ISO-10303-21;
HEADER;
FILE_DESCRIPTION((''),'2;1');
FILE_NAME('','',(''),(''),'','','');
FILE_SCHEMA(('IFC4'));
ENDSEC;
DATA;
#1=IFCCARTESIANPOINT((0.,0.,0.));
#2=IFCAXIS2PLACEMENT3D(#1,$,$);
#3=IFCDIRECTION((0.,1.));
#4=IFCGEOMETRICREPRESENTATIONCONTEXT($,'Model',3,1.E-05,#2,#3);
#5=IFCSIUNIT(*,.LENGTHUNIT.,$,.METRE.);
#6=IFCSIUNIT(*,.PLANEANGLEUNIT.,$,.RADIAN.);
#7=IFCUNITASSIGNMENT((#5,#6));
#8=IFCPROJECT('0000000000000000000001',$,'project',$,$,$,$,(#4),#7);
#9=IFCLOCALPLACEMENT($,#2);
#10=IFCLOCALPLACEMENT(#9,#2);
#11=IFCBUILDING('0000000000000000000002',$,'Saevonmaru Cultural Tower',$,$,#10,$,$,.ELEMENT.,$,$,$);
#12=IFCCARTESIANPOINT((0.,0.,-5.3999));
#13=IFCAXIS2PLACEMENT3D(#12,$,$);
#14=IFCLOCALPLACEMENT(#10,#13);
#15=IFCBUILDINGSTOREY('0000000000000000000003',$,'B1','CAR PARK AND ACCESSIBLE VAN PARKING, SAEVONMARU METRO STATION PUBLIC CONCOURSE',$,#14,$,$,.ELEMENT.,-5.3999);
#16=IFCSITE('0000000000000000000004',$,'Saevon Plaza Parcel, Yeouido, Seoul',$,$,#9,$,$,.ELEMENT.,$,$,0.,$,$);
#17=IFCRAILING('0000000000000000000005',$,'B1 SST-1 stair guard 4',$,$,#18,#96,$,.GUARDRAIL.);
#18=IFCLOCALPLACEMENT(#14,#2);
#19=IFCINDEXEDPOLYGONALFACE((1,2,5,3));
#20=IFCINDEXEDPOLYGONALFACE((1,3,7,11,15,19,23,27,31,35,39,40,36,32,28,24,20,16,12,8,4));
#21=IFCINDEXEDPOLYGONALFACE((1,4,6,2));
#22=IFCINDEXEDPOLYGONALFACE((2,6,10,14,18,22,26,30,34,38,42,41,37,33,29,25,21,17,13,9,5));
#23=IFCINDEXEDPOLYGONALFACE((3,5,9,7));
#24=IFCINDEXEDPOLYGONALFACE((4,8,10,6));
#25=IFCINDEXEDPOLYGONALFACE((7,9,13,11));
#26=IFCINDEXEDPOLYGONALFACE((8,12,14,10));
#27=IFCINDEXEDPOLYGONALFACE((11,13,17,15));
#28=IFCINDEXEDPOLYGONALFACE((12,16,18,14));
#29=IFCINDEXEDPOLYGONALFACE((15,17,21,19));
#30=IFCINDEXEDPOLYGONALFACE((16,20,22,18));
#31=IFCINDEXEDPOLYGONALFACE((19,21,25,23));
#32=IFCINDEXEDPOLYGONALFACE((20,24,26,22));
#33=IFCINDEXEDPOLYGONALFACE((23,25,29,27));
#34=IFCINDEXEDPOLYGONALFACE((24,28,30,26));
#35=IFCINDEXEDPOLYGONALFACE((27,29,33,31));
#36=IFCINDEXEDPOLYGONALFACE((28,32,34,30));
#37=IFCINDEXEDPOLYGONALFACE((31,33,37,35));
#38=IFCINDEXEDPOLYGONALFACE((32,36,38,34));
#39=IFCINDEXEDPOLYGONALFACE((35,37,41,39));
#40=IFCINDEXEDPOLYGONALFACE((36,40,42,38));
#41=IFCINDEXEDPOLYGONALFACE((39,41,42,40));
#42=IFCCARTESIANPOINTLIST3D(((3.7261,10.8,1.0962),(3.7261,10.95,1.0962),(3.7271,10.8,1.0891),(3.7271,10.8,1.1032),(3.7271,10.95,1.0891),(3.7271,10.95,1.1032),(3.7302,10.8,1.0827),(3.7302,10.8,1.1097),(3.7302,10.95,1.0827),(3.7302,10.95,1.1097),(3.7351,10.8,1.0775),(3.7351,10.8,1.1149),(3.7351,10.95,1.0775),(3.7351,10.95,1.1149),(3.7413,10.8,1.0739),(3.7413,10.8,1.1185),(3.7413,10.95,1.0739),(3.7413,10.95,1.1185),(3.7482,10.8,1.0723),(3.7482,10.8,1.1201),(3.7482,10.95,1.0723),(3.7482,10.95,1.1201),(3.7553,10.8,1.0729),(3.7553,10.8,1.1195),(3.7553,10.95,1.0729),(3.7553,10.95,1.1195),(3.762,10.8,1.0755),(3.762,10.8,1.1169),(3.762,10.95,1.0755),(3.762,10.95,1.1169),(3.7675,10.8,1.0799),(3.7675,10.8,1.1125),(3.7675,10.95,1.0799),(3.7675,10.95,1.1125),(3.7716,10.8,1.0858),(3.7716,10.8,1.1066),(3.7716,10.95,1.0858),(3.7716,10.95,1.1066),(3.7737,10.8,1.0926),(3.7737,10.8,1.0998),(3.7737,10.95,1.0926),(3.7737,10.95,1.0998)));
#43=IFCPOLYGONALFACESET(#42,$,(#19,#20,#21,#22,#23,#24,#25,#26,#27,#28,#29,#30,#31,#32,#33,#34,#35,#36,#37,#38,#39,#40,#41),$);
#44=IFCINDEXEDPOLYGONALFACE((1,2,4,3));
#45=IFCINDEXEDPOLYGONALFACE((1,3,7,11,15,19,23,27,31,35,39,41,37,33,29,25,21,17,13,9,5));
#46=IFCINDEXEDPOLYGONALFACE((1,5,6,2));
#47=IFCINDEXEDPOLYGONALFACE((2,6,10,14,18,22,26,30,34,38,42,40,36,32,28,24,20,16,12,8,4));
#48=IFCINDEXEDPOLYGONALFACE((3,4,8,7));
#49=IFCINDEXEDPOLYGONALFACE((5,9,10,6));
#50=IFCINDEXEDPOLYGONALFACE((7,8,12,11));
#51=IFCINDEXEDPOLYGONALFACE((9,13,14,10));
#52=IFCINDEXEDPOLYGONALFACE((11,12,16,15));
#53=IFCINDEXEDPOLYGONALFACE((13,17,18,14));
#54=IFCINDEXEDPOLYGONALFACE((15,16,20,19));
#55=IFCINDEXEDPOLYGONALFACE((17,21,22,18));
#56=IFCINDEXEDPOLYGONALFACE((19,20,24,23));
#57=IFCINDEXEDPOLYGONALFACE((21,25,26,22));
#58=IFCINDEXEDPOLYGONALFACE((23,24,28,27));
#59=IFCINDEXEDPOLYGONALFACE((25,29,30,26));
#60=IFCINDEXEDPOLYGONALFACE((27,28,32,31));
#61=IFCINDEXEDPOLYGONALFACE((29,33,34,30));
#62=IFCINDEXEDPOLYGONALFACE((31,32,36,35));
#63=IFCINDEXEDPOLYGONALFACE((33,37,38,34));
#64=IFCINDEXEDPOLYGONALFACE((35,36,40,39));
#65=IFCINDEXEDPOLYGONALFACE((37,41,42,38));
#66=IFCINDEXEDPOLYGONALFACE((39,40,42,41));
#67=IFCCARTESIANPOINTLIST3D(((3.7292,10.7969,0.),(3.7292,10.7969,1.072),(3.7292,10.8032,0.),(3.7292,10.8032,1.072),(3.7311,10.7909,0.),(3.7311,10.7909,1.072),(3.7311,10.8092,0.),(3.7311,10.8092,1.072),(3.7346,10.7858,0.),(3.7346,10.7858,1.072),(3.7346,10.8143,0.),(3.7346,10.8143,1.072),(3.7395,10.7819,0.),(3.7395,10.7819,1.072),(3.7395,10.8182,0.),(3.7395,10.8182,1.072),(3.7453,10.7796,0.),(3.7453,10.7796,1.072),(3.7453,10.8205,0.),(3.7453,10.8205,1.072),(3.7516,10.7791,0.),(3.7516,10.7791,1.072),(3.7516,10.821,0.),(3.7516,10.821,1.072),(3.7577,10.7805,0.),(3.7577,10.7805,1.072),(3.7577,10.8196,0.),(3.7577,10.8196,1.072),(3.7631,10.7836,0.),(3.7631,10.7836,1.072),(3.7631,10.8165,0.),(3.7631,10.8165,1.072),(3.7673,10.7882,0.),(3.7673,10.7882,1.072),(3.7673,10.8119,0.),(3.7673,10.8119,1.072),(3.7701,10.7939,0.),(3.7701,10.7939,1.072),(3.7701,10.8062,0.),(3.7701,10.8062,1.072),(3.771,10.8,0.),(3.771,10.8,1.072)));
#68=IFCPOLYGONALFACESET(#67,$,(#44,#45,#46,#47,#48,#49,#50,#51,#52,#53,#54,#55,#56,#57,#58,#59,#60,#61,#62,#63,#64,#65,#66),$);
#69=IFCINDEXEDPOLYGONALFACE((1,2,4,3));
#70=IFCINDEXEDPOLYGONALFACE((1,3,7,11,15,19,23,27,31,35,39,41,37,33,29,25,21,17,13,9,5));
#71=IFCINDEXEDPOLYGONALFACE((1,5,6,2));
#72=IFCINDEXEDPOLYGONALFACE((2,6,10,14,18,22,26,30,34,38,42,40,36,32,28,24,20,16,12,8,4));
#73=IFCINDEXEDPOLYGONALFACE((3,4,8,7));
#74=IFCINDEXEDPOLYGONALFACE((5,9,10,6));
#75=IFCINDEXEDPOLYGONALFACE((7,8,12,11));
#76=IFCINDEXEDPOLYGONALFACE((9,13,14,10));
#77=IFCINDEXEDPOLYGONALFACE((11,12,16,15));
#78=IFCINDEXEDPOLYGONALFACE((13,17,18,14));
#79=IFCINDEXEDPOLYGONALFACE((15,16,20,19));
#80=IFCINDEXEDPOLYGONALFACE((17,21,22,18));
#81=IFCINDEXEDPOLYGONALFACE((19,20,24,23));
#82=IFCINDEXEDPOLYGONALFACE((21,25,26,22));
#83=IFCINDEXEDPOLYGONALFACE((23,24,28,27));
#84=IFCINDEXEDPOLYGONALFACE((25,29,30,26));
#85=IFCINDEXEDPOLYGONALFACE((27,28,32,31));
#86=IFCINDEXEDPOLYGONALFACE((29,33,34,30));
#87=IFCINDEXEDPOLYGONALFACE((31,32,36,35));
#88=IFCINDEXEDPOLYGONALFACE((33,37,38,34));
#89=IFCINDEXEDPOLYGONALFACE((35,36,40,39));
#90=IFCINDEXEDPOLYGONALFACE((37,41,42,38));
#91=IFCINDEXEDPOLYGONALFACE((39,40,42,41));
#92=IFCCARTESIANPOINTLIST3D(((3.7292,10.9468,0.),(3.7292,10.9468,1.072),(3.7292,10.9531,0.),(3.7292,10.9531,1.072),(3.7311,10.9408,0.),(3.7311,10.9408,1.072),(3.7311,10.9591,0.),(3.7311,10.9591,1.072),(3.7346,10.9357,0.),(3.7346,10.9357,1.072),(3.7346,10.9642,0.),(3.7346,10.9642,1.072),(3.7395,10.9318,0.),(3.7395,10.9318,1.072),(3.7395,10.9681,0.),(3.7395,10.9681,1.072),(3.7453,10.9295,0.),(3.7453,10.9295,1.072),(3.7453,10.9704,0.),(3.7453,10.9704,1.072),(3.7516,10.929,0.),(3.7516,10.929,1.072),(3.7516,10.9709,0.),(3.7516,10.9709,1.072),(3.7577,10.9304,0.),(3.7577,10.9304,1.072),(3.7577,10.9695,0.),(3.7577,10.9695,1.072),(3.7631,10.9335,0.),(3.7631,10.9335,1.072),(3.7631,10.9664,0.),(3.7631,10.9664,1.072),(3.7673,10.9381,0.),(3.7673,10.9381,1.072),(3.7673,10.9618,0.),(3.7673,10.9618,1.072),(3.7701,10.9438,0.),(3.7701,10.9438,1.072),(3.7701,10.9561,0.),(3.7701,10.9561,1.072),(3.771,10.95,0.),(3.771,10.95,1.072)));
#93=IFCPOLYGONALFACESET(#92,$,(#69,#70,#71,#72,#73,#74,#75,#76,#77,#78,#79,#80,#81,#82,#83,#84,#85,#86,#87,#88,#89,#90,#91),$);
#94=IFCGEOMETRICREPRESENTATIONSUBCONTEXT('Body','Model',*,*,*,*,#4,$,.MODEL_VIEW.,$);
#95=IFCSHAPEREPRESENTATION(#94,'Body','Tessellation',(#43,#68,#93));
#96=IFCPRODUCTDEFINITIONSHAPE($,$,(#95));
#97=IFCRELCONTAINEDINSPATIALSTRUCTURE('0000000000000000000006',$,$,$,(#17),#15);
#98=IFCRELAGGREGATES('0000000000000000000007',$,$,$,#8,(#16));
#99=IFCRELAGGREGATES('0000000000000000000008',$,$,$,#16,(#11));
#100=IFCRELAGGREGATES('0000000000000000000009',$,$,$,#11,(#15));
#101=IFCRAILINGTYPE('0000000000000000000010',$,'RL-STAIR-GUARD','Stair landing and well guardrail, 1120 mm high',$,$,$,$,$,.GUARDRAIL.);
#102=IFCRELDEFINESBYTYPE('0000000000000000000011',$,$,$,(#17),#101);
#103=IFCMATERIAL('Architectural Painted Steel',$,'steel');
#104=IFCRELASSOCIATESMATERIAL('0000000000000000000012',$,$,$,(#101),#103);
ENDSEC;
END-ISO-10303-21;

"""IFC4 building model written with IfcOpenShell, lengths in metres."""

from ifc_helpers import new_model, si_unit, direction, frame, origin, origin_2d, place, context, subcontext, project, spatial, circle, extrude, material, type_object, element, save


model = new_model("IFC4")

# Units and contexts
model_context = context("Model", 3, precision=1e-05, world=origin(), true_north=direction((0.0, 1.0)))
body_context = subcontext(model_context, "Body", "Model", "MODEL_VIEW")
ifc_project = project(units=[si_unit("LENGTHUNIT", "METRE"), si_unit("PLANEANGLEUNIT", "RADIAN")], contexts=[model_context])

# Site, building, storey
site_placement = place(None, origin())
site = spatial("IfcSite", under=ifc_project, at=site_placement, Name="Saevon Plaza Parcel, Yeouido, Seoul", CompositionType="ELEMENT", RefElevation=0.0)
building_placement = place(site_placement, origin())
building = spatial("IfcBuilding", under=site, at=building_placement, Name="Saevonmaru Cultural Tower", CompositionType="ELEMENT")
storey_placement = place(building_placement, frame((0.0, 0.0, -5.3999)))
storey = spatial("IfcBuildingStorey", under=building, at=storey_placement, Name="B1", Description="CAR PARK AND ACCESSIBLE VAN PARKING, SAEVONMARU METRO STATION PUBLIC CONCOURSE", CompositionType="ELEMENT", Elevation=-5.3999)

# Railing
ifc_material_1 = material(Name="Architectural Painted Steel", Category="steel")
railing_type_1 = type_object("IfcRailingType", Name="RL-STAIR-GUARD", Description="Stair landing and well guardrail, 1120 mm high", PredefinedType="GUARDRAIL", material=ifc_material_1)
railing_1_placement = place(storey_placement, frame((3.75, 10.8, 0.0)))
element("IfcRailing", 1, at=railing_1_placement, inside=storey, type_object=railing_type_1, Name="B1 SST-1 stair guard 4", PredefinedType="GUARDRAIL", context=body_context, shape_type="SweptSolid", body=[
    extrude(circle(Radius=0.0239, at=origin_2d()), frame((0.0, 0.0, 1.0962), z_axis=(0.0, 1.0, 0.0), x_axis=(-1.0, 0.0, 0.0)), (0.0, 0.0, 1.0), 0.1499),
    extrude(circle(Radius=0.021, at=origin_2d()), origin(), (0.0, 0.0, 1.0), 1.072),
    extrude(circle(Radius=0.021, at=origin_2d()), frame((0.0, 0.1499, 0.0)), (0.0, 0.0, 1.0), 1.072),
])

save(model, "model.ifc")
